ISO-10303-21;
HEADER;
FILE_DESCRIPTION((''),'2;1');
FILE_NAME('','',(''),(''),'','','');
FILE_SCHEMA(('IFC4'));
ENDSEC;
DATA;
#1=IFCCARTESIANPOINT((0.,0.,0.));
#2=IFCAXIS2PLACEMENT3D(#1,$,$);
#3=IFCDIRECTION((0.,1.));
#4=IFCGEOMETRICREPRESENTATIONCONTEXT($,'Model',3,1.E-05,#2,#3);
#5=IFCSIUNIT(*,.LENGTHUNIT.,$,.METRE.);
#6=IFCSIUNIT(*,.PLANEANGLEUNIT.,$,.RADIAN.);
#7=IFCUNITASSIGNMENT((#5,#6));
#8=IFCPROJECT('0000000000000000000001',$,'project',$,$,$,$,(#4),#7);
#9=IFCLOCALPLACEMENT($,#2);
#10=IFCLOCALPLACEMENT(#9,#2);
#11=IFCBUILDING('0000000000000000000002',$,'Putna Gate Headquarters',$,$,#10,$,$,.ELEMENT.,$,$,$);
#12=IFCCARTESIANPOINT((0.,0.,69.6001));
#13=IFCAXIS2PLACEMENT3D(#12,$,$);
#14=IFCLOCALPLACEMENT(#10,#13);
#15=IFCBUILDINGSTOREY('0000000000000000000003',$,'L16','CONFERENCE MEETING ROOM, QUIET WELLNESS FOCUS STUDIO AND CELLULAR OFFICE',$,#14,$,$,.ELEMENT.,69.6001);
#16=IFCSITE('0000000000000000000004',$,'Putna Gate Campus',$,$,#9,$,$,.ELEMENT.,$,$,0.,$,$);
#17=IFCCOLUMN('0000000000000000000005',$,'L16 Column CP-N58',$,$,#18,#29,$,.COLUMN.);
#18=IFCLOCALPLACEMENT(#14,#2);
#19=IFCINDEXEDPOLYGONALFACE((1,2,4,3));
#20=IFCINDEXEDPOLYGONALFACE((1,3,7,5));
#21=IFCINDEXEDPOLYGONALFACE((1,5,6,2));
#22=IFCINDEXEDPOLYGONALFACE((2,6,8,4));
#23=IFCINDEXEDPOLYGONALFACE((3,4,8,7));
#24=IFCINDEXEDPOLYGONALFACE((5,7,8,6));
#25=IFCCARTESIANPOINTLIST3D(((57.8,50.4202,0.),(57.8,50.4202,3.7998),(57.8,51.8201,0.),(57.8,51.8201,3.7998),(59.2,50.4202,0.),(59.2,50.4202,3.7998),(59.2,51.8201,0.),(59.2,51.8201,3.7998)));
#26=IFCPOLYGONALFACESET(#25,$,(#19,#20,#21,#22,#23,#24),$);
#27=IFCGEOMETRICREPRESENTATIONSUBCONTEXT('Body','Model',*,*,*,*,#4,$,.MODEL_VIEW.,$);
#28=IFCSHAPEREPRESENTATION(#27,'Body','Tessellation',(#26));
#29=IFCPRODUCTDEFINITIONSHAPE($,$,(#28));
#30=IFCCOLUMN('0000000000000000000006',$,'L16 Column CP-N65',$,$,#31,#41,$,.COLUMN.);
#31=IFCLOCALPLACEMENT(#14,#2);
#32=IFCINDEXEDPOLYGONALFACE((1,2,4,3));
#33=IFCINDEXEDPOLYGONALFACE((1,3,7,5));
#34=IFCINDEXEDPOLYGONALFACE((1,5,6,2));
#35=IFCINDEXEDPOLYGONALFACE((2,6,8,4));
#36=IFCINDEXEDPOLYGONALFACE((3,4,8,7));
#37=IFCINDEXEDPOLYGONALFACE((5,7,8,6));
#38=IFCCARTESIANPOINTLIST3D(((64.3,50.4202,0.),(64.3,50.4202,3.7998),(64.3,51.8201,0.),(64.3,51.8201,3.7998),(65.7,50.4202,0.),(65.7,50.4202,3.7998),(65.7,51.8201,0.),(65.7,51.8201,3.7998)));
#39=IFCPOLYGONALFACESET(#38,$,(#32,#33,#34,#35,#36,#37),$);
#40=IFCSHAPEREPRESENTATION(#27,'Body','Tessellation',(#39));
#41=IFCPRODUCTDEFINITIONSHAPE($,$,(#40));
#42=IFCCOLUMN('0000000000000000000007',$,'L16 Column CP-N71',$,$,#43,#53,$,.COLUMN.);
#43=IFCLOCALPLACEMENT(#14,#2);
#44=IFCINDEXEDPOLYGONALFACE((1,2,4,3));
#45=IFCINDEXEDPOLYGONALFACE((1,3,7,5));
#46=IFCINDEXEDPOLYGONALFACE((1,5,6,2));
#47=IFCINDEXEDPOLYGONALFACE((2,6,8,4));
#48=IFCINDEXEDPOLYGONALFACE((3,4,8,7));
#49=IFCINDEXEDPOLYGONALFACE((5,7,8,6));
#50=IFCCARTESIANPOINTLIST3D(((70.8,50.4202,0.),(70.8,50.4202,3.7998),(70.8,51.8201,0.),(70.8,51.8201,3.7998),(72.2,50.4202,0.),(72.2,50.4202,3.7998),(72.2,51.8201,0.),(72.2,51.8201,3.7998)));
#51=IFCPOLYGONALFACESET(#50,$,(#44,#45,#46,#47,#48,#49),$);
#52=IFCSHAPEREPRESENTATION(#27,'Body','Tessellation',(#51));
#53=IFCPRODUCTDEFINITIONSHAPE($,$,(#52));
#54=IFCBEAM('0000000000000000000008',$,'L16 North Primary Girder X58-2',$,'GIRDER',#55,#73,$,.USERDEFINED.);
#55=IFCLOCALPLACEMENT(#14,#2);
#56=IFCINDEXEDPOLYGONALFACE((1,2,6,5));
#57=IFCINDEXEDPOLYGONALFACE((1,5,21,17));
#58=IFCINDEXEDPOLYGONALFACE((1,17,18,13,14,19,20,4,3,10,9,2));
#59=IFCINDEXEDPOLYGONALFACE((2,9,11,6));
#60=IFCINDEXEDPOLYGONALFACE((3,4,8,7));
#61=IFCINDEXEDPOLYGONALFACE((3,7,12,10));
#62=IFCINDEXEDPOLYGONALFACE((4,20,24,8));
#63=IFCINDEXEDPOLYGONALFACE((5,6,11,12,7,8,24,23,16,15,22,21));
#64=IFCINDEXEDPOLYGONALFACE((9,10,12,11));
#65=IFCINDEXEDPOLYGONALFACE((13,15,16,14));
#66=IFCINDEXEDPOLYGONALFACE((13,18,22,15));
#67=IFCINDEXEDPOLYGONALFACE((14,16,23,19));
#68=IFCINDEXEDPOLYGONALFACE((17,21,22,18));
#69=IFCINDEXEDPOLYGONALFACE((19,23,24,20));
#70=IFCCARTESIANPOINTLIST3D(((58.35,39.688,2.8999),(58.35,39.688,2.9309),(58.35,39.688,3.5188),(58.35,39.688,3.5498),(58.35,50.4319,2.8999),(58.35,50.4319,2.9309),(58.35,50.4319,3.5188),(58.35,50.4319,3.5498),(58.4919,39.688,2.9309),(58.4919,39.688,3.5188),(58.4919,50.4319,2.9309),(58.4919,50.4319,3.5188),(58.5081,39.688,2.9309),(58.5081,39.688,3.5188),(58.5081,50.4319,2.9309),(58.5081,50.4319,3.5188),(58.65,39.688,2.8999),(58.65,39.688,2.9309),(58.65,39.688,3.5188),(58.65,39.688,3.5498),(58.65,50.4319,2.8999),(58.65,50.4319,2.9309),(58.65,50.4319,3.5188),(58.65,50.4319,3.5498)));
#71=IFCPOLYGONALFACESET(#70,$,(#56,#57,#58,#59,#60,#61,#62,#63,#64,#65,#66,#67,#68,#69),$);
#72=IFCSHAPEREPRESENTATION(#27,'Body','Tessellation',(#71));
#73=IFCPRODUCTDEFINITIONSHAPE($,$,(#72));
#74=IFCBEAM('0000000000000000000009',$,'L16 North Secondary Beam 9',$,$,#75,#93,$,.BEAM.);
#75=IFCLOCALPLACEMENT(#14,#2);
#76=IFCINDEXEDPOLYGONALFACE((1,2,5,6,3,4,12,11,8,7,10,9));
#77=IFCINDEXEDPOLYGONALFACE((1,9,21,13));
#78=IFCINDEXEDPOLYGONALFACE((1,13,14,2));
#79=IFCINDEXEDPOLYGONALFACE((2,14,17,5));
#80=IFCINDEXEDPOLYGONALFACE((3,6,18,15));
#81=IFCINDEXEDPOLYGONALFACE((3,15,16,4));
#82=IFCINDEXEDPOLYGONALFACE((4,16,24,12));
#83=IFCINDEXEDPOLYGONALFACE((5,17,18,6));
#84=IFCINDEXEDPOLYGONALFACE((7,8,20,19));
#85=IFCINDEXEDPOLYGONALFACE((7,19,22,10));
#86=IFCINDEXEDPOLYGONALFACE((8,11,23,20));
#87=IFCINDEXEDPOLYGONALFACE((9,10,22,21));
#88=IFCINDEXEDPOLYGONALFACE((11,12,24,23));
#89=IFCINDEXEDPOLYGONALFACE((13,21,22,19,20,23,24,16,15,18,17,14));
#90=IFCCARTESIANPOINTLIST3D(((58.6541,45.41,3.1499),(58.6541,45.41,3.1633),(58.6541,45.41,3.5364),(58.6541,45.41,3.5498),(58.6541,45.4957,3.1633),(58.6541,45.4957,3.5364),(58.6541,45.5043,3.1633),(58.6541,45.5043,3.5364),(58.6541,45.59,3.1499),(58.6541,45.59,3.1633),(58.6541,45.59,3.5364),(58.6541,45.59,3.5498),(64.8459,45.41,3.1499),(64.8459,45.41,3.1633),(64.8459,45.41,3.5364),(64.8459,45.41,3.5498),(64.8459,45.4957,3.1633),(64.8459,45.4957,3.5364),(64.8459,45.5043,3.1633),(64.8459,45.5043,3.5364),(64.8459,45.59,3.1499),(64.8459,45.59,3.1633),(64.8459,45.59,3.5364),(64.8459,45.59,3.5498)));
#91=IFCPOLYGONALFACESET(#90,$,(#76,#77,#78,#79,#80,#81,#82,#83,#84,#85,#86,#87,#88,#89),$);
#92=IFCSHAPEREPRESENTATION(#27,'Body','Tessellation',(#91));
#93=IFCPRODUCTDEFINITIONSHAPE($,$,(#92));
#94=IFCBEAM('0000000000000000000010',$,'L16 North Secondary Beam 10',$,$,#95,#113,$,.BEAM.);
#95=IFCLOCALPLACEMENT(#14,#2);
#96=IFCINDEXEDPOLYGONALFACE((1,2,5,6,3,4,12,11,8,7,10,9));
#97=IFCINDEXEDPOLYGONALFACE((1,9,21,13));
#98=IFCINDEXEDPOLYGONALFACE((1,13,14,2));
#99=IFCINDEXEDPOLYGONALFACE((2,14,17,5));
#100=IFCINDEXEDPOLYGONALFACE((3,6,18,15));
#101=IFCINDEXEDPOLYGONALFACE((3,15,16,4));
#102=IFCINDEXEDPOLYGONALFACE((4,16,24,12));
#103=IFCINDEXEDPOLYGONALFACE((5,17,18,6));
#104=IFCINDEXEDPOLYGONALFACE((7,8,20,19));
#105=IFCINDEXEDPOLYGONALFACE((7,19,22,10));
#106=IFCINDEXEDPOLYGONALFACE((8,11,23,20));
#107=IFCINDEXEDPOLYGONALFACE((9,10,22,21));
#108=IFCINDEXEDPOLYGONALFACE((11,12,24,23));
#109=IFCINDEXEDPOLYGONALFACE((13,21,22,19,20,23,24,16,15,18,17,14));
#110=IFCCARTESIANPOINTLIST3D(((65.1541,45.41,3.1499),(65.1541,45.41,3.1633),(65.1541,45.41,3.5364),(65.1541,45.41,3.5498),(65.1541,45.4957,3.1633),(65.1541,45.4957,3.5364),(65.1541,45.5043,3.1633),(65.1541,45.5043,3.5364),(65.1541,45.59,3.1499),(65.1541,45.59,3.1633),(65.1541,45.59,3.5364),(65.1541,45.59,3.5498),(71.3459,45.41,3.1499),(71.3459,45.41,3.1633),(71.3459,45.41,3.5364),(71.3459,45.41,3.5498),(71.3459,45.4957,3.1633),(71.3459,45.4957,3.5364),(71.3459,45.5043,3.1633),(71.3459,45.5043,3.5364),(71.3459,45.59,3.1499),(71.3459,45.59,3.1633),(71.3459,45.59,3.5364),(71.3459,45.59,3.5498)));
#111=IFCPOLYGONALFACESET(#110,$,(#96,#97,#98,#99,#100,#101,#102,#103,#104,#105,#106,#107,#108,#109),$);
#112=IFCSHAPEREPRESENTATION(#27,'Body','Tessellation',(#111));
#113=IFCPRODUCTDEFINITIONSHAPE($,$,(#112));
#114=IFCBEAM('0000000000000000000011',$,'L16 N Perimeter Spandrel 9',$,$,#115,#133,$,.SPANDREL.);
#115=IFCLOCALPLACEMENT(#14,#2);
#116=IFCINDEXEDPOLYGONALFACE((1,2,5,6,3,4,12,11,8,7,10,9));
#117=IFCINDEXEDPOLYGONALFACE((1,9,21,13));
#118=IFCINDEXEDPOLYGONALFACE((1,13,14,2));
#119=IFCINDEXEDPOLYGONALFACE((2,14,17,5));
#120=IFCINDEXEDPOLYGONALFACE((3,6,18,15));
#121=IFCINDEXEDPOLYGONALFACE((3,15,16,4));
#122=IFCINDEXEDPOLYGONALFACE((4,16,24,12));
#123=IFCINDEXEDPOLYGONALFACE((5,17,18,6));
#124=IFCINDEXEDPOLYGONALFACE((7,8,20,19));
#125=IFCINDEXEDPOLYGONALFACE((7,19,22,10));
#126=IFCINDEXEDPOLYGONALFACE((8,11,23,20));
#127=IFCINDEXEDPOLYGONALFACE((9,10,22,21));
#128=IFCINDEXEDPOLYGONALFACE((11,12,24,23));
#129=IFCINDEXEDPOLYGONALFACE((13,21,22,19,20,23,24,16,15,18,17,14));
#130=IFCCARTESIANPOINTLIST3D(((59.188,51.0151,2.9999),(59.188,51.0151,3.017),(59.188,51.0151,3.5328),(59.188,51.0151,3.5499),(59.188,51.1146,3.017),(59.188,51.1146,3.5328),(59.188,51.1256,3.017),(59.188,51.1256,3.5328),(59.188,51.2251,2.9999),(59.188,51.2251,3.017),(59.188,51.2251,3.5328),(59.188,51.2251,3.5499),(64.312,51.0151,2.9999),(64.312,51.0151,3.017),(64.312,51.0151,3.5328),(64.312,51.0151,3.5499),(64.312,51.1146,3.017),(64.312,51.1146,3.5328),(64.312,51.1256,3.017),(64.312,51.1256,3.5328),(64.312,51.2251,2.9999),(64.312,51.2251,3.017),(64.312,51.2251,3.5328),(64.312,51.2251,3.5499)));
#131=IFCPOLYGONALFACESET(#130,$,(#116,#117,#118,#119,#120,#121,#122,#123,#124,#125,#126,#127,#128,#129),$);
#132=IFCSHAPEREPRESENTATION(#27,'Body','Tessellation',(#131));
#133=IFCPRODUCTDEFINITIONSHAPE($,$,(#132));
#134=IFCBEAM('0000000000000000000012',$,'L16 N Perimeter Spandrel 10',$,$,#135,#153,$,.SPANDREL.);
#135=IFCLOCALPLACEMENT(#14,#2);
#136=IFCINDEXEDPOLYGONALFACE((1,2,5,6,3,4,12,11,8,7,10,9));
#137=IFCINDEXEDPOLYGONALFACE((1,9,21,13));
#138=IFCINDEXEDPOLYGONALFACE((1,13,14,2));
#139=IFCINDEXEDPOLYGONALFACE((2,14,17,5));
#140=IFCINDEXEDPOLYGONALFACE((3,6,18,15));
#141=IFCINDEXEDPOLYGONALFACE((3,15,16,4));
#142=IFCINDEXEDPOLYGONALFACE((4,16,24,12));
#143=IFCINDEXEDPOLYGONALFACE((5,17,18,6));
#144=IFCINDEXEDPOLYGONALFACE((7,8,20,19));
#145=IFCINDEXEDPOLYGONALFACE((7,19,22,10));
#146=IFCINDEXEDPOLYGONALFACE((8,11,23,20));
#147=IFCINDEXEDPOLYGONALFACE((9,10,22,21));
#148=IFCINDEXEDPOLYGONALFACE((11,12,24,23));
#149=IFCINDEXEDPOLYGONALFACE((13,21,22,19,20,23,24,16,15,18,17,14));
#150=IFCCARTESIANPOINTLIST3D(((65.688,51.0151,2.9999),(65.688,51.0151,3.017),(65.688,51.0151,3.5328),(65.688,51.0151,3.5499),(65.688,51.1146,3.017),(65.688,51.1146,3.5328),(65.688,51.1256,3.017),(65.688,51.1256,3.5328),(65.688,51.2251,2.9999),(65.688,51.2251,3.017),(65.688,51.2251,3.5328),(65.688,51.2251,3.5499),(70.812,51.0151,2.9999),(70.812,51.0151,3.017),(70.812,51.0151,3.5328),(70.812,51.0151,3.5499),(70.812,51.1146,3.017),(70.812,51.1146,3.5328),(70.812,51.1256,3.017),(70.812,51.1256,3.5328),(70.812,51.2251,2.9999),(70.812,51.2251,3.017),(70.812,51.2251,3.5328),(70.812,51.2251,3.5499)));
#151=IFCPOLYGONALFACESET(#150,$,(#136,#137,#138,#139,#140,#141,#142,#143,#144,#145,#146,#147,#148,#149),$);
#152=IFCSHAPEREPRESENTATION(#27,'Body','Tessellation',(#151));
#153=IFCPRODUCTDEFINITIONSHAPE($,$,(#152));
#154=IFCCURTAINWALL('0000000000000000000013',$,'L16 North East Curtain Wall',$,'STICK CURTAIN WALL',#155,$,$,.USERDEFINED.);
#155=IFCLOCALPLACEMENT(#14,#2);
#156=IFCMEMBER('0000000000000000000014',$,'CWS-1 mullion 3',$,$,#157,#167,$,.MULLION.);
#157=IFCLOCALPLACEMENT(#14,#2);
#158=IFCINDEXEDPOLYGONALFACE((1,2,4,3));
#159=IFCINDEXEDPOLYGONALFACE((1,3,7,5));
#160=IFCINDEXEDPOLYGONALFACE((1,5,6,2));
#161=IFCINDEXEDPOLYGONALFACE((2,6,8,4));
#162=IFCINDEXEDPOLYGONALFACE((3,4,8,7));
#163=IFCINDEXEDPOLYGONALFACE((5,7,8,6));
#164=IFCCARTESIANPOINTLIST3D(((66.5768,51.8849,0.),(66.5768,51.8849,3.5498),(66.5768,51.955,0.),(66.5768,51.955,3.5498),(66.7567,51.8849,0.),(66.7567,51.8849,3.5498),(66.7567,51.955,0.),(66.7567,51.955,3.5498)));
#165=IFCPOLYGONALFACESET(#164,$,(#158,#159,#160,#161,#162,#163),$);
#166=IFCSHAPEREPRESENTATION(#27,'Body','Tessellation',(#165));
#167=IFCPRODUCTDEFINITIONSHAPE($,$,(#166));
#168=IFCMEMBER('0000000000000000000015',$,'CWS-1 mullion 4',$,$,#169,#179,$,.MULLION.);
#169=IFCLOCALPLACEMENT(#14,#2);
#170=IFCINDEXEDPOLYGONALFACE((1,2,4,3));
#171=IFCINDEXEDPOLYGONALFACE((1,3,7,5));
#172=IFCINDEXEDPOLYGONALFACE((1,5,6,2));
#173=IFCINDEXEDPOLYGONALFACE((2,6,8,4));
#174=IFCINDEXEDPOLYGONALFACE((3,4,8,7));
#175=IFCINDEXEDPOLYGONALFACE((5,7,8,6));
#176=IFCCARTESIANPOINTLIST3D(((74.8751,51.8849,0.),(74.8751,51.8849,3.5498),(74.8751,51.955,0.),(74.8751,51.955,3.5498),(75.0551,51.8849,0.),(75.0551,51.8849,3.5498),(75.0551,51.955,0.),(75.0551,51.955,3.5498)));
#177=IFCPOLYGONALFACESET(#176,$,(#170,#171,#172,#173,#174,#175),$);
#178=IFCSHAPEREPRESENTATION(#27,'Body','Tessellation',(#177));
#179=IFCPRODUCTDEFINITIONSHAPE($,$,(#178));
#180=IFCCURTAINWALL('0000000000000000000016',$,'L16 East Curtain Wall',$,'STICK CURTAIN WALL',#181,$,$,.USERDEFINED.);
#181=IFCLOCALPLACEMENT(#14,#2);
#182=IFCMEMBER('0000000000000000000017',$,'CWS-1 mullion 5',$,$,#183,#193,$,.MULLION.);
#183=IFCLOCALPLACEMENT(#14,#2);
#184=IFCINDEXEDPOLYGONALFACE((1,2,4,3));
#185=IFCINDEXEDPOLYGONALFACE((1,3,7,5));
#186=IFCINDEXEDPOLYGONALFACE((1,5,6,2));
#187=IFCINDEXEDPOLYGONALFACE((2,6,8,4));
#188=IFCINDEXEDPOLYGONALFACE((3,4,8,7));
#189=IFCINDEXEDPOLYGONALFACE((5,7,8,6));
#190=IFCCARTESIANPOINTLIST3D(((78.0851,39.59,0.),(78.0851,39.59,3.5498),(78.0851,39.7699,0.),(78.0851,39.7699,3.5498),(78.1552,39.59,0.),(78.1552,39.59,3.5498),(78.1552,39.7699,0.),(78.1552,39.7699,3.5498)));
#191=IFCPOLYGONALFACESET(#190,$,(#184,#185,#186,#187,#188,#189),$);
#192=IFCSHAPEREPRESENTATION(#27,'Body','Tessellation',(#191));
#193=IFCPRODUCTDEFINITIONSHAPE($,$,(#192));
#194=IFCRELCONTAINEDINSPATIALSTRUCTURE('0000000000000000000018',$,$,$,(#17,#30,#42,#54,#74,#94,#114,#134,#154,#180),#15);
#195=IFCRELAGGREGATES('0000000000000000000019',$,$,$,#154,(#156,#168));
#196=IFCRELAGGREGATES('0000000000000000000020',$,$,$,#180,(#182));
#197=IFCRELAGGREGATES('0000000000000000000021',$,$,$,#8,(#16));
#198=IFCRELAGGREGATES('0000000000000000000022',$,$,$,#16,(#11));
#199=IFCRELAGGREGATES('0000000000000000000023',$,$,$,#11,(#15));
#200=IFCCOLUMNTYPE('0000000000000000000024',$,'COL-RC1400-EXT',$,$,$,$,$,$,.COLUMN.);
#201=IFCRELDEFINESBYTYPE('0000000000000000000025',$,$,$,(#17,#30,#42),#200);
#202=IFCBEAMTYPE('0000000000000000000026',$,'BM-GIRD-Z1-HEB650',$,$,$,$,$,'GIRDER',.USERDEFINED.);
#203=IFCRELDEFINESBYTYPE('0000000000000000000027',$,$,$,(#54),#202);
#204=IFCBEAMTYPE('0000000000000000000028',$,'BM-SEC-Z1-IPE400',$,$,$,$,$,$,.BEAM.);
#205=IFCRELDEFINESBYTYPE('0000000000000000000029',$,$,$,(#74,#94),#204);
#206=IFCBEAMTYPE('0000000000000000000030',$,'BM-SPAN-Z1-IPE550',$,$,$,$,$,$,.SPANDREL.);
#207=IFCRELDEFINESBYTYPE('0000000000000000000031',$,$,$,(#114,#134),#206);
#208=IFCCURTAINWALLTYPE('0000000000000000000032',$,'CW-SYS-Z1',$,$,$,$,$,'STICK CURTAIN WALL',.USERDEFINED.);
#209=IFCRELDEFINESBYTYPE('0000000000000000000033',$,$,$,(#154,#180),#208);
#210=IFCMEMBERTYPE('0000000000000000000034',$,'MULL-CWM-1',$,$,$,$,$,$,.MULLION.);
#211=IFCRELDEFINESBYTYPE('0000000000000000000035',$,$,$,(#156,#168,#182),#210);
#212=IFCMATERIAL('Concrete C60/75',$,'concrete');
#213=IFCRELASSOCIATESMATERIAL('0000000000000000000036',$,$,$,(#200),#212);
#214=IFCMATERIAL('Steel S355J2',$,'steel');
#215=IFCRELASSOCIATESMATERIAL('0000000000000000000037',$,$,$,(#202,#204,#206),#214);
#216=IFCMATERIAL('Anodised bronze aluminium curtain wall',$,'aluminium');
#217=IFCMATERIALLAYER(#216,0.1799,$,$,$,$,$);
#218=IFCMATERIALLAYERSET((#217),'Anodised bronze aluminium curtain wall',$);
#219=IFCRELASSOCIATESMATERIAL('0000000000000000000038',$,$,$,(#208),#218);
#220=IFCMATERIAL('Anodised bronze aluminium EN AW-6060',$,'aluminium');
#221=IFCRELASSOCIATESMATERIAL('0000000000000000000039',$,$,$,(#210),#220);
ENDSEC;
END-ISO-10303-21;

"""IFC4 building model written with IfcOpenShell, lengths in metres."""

from ifc_helpers import new_model, si_unit, direction, frame, origin, origin_2d, place, context, subcontext, project, spatial, rectangle, i_section, extrude, material, layer, layer_set, material_profile, profile_set, type_object, element, aggregate, save


model = new_model("IFC4")

# Units and contexts
model_context = context("Model", 3, precision=1e-05, world=origin(), true_north=direction((0.0, 1.0)))
body_context = subcontext(model_context, "Body", "Model", "MODEL_VIEW")
ifc_project = project(units=[si_unit("LENGTHUNIT", "METRE"), si_unit("PLANEANGLEUNIT", "RADIAN")], contexts=[model_context])

# Site, building, storey
site_placement = place(None, origin())
site = spatial("IfcSite", under=ifc_project, at=site_placement, Name="Putna Gate Campus", CompositionType="ELEMENT", RefElevation=0.0)
building_placement = place(site_placement, origin())
building = spatial("IfcBuilding", under=site, at=building_placement, Name="Putna Gate Headquarters", CompositionType="ELEMENT")
storey_placement = place(building_placement, frame((0.0, 0.0, 69.6001)))
storey = spatial("IfcBuildingStorey", under=building, at=storey_placement, Name="L16", Description="CONFERENCE MEETING ROOM, QUIET WELLNESS FOCUS STUDIO AND CELLULAR OFFICE", CompositionType="ELEMENT", Elevation=69.6001)

# Columns
ifc_material_1 = material(Name="Concrete C60/75", Category="concrete")
ifc_material_profile_1 = material_profile(ifc_material_1, rectangle(XDim=1.3999, YDim=1.3999, at=origin_2d()), Name="Concrete C60/75")
ifc_profile_set_1 = profile_set([ifc_material_profile_1], Name="Concrete C60/75")
column_type = type_object("IfcColumnType", Name="COL-RC1400-EXT", PredefinedType="COLUMN", material=ifc_profile_set_1)
for number, where, z_axis, x_axis, name in (
    (1, (58.5, 51.1201, 0.0), (0.0, 0.0, 1.0), (1.0, 0.0, 0.0), "L16 Column CP-N58"),
    (2, (65.0, 51.1201, 0.0), (0.0, 0.0, 1.0), (1.0, 0.0, 0.0), "L16 Column CP-N65"),
    (3, (71.5, 51.1201, 0.0), (0.0, 0.0, 1.0), (1.0, 0.0, 0.0), "L16 Column CP-N71"),
):
    element("IfcColumn", number, at=place(storey_placement, frame(where, z_axis=z_axis, x_axis=x_axis)), inside=storey, type_object=column_type, Name=name, PredefinedType="COLUMN", context=body_context, shape_type="SweptSolid", body=[
        extrude(rectangle(XDim=1.3999, YDim=1.3999, at=origin_2d()), origin(), (0.0, 0.0, 1.0), 3.7998),
    ])

# Beams
ifc_material_2 = material(Name="Steel S355J2", Category="steel")
ifc_material_profile_2 = material_profile(ifc_material_2, i_section(OverallWidth=0.3, OverallDepth=0.6499, WebThickness=0.0161, FlangeThickness=0.031, at=origin_2d()), Name="Steel S355J2")
ifc_profile_set_2 = profile_set([ifc_material_profile_2], Name="Steel S355J2")
beam_type_1 = type_object("IfcBeamType", Name="BM-GIRD-Z1-HEB650", ElementType="GIRDER", PredefinedType="USERDEFINED", material=ifc_profile_set_2)
beam_placement = place(storey_placement, frame((58.5, 39.688, 3.2249), z_axis=(0.0, 1.0, 0.0), x_axis=(-1.0, 0.0, 0.0)))
element("IfcBeam", 4, at=beam_placement, inside=storey, type_object=beam_type_1, Name="L16 North Primary Girder X58-2", ObjectType="GIRDER", PredefinedType="USERDEFINED", context=body_context, shape_type="SweptSolid", body=[
    extrude(i_section(OverallWidth=0.3, OverallDepth=0.6499, WebThickness=0.0161, FlangeThickness=0.031, at=origin_2d()), origin(), (0.0, 0.0, 1.0), 10.7439),
])
ifc_material_profile_3 = material_profile(ifc_material_2, i_section(OverallWidth=0.1799, OverallDepth=0.3999, WebThickness=0.0085, FlangeThickness=0.0134, at=origin_2d()), Name="Steel S355J2")
ifc_profile_set_3 = profile_set([ifc_material_profile_3], Name="Steel S355J2")
beam_type_2 = type_object("IfcBeamType", Name="BM-SEC-Z1-IPE400", PredefinedType="BEAM", material=ifc_profile_set_3)
for number, where, z_axis, x_axis, name in (
    (5, (58.6541, 45.5, 3.3499), (1.0, 0.0, 0.0), (0.0, 1.0, 0.0), "L16 North Secondary Beam 9"),
    (6, (65.1541, 45.5, 3.3499), (1.0, 0.0, 0.0), (0.0, 1.0, 0.0), "L16 North Secondary Beam 10"),
):
    element("IfcBeam", number, at=place(storey_placement, frame(where, z_axis=z_axis, x_axis=x_axis)), inside=storey, type_object=beam_type_2, Name=name, PredefinedType="BEAM", context=body_context, shape_type="SweptSolid", body=[
        extrude(i_section(OverallWidth=0.1799, OverallDepth=0.3999, WebThickness=0.0085, FlangeThickness=0.0134, at=origin_2d()), origin(), (0.0, 0.0, 1.0), 6.1919),
    ])
ifc_material_profile_4 = material_profile(ifc_material_2, i_section(OverallWidth=0.21, OverallDepth=0.55, WebThickness=0.011, FlangeThickness=0.0171, at=origin_2d()), Name="Steel S355J2")
ifc_profile_set_4 = profile_set([ifc_material_profile_4], Name="Steel S355J2")
beam_type_3 = type_object("IfcBeamType", Name="BM-SPAN-Z1-IPE550", PredefinedType="SPANDREL", material=ifc_profile_set_4)
for number, where, z_axis, x_axis, name in (
    (7, (59.188, 51.1201, 3.2749), (1.0, 0.0, 0.0), (0.0, 1.0, 0.0), "L16 N Perimeter Spandrel 9"),
    (8, (65.688, 51.1201, 3.2749), (1.0, 0.0, 0.0), (0.0, 1.0, 0.0), "L16 N Perimeter Spandrel 10"),
):
    element("IfcBeam", number, at=place(storey_placement, frame(where, z_axis=z_axis, x_axis=x_axis)), inside=storey, type_object=beam_type_3, Name=name, PredefinedType="SPANDREL", context=body_context, shape_type="SweptSolid", body=[
        extrude(i_section(OverallWidth=0.21, OverallDepth=0.55, WebThickness=0.011, FlangeThickness=0.0171, at=origin_2d()), origin(), (0.0, 0.0, 1.0), 5.124),
    ])

# Curtain walls, members
ifc_material_3 = material(Name="Anodised bronze aluminium curtain wall", Category="aluminium")
ifc_layer_1 = layer(ifc_material_3, 0.1799)
ifc_layer_set_1 = layer_set([ifc_layer_1], Name="Anodised bronze aluminium curtain wall")
curtain_wall_type = type_object("IfcCurtainWallType", Name="CW-SYS-Z1", ElementType="STICK CURTAIN WALL", PredefinedType="USERDEFINED", material=ifc_layer_set_1)
curtain_wall_1_placement = place(storey_placement, origin())
curtain_wall_1 = element("IfcCurtainWall", 9, at=curtain_wall_1_placement, inside=storey, type_object=curtain_wall_type, Name="L16 North East Curtain Wall", ObjectType="STICK CURTAIN WALL", PredefinedType="USERDEFINED")
ifc_material_4 = material(Name="Anodised bronze aluminium EN AW-6060", Category="aluminium")
ifc_material_profile_5 = material_profile(ifc_material_4, rectangle(XDim=0.0701, YDim=0.1799, at=origin_2d()), Name="Anodised bronze aluminium EN AW-6060")
ifc_profile_set_5 = profile_set([ifc_material_profile_5], Name="Anodised bronze aluminium EN AW-6060")
member_type_1 = type_object("IfcMemberType", Name="MULL-CWM-1", PredefinedType="MULLION", material=ifc_profile_set_5)
member_1_placement = place(storey_placement, frame((66.6667, 51.9199, 0.0), z_axis=(0.0, 0.0, 1.0), x_axis=(0.0, 1.0, 0.0)))
member_1 = element("IfcMember", 10, at=member_1_placement, type_object=member_type_1, Name="CWS-1 mullion 3", PredefinedType="MULLION", context=body_context, shape_type="SweptSolid", body=[
    extrude(rectangle(XDim=0.0701, YDim=0.1799, at=origin_2d()), origin(), (0.0, 0.0, 1.0), 3.5498),
])
member_2_placement = place(storey_placement, frame((74.9651, 51.9199, 0.0), z_axis=(0.0, 0.0, 1.0), x_axis=(0.0, 1.0, 0.0)))
member_2 = element("IfcMember", 11, at=member_2_placement, type_object=member_type_1, Name="CWS-1 mullion 4", PredefinedType="MULLION", context=body_context, shape_type="SweptSolid", body=[
    extrude(rectangle(XDim=0.0701, YDim=0.1799, at=origin_2d()), origin(), (0.0, 0.0, 1.0), 3.5498),
])
curtain_wall_2_placement = place(storey_placement, origin())
curtain_wall_2 = element("IfcCurtainWall", 12, at=curtain_wall_2_placement, inside=storey, type_object=curtain_wall_type, Name="L16 East Curtain Wall", ObjectType="STICK CURTAIN WALL", PredefinedType="USERDEFINED")
member_3_placement = place(storey_placement, frame((78.1201, 39.6799, 0.0), z_axis=(0.0, 0.0, 1.0), x_axis=(-1.0, 0.0, 0.0)))
member_3 = element("IfcMember", 13, at=member_3_placement, type_object=member_type_1, Name="CWS-1 mullion 5", PredefinedType="MULLION", context=body_context, shape_type="SweptSolid", body=[
    extrude(rectangle(XDim=0.0701, YDim=0.1799, at=origin_2d()), origin(), (0.0, 0.0, 1.0), 3.5498),
])

aggregate(curtain_wall_1, [member_1, member_2])
aggregate(curtain_wall_2, [member_3])

save(model, "model.ifc")
